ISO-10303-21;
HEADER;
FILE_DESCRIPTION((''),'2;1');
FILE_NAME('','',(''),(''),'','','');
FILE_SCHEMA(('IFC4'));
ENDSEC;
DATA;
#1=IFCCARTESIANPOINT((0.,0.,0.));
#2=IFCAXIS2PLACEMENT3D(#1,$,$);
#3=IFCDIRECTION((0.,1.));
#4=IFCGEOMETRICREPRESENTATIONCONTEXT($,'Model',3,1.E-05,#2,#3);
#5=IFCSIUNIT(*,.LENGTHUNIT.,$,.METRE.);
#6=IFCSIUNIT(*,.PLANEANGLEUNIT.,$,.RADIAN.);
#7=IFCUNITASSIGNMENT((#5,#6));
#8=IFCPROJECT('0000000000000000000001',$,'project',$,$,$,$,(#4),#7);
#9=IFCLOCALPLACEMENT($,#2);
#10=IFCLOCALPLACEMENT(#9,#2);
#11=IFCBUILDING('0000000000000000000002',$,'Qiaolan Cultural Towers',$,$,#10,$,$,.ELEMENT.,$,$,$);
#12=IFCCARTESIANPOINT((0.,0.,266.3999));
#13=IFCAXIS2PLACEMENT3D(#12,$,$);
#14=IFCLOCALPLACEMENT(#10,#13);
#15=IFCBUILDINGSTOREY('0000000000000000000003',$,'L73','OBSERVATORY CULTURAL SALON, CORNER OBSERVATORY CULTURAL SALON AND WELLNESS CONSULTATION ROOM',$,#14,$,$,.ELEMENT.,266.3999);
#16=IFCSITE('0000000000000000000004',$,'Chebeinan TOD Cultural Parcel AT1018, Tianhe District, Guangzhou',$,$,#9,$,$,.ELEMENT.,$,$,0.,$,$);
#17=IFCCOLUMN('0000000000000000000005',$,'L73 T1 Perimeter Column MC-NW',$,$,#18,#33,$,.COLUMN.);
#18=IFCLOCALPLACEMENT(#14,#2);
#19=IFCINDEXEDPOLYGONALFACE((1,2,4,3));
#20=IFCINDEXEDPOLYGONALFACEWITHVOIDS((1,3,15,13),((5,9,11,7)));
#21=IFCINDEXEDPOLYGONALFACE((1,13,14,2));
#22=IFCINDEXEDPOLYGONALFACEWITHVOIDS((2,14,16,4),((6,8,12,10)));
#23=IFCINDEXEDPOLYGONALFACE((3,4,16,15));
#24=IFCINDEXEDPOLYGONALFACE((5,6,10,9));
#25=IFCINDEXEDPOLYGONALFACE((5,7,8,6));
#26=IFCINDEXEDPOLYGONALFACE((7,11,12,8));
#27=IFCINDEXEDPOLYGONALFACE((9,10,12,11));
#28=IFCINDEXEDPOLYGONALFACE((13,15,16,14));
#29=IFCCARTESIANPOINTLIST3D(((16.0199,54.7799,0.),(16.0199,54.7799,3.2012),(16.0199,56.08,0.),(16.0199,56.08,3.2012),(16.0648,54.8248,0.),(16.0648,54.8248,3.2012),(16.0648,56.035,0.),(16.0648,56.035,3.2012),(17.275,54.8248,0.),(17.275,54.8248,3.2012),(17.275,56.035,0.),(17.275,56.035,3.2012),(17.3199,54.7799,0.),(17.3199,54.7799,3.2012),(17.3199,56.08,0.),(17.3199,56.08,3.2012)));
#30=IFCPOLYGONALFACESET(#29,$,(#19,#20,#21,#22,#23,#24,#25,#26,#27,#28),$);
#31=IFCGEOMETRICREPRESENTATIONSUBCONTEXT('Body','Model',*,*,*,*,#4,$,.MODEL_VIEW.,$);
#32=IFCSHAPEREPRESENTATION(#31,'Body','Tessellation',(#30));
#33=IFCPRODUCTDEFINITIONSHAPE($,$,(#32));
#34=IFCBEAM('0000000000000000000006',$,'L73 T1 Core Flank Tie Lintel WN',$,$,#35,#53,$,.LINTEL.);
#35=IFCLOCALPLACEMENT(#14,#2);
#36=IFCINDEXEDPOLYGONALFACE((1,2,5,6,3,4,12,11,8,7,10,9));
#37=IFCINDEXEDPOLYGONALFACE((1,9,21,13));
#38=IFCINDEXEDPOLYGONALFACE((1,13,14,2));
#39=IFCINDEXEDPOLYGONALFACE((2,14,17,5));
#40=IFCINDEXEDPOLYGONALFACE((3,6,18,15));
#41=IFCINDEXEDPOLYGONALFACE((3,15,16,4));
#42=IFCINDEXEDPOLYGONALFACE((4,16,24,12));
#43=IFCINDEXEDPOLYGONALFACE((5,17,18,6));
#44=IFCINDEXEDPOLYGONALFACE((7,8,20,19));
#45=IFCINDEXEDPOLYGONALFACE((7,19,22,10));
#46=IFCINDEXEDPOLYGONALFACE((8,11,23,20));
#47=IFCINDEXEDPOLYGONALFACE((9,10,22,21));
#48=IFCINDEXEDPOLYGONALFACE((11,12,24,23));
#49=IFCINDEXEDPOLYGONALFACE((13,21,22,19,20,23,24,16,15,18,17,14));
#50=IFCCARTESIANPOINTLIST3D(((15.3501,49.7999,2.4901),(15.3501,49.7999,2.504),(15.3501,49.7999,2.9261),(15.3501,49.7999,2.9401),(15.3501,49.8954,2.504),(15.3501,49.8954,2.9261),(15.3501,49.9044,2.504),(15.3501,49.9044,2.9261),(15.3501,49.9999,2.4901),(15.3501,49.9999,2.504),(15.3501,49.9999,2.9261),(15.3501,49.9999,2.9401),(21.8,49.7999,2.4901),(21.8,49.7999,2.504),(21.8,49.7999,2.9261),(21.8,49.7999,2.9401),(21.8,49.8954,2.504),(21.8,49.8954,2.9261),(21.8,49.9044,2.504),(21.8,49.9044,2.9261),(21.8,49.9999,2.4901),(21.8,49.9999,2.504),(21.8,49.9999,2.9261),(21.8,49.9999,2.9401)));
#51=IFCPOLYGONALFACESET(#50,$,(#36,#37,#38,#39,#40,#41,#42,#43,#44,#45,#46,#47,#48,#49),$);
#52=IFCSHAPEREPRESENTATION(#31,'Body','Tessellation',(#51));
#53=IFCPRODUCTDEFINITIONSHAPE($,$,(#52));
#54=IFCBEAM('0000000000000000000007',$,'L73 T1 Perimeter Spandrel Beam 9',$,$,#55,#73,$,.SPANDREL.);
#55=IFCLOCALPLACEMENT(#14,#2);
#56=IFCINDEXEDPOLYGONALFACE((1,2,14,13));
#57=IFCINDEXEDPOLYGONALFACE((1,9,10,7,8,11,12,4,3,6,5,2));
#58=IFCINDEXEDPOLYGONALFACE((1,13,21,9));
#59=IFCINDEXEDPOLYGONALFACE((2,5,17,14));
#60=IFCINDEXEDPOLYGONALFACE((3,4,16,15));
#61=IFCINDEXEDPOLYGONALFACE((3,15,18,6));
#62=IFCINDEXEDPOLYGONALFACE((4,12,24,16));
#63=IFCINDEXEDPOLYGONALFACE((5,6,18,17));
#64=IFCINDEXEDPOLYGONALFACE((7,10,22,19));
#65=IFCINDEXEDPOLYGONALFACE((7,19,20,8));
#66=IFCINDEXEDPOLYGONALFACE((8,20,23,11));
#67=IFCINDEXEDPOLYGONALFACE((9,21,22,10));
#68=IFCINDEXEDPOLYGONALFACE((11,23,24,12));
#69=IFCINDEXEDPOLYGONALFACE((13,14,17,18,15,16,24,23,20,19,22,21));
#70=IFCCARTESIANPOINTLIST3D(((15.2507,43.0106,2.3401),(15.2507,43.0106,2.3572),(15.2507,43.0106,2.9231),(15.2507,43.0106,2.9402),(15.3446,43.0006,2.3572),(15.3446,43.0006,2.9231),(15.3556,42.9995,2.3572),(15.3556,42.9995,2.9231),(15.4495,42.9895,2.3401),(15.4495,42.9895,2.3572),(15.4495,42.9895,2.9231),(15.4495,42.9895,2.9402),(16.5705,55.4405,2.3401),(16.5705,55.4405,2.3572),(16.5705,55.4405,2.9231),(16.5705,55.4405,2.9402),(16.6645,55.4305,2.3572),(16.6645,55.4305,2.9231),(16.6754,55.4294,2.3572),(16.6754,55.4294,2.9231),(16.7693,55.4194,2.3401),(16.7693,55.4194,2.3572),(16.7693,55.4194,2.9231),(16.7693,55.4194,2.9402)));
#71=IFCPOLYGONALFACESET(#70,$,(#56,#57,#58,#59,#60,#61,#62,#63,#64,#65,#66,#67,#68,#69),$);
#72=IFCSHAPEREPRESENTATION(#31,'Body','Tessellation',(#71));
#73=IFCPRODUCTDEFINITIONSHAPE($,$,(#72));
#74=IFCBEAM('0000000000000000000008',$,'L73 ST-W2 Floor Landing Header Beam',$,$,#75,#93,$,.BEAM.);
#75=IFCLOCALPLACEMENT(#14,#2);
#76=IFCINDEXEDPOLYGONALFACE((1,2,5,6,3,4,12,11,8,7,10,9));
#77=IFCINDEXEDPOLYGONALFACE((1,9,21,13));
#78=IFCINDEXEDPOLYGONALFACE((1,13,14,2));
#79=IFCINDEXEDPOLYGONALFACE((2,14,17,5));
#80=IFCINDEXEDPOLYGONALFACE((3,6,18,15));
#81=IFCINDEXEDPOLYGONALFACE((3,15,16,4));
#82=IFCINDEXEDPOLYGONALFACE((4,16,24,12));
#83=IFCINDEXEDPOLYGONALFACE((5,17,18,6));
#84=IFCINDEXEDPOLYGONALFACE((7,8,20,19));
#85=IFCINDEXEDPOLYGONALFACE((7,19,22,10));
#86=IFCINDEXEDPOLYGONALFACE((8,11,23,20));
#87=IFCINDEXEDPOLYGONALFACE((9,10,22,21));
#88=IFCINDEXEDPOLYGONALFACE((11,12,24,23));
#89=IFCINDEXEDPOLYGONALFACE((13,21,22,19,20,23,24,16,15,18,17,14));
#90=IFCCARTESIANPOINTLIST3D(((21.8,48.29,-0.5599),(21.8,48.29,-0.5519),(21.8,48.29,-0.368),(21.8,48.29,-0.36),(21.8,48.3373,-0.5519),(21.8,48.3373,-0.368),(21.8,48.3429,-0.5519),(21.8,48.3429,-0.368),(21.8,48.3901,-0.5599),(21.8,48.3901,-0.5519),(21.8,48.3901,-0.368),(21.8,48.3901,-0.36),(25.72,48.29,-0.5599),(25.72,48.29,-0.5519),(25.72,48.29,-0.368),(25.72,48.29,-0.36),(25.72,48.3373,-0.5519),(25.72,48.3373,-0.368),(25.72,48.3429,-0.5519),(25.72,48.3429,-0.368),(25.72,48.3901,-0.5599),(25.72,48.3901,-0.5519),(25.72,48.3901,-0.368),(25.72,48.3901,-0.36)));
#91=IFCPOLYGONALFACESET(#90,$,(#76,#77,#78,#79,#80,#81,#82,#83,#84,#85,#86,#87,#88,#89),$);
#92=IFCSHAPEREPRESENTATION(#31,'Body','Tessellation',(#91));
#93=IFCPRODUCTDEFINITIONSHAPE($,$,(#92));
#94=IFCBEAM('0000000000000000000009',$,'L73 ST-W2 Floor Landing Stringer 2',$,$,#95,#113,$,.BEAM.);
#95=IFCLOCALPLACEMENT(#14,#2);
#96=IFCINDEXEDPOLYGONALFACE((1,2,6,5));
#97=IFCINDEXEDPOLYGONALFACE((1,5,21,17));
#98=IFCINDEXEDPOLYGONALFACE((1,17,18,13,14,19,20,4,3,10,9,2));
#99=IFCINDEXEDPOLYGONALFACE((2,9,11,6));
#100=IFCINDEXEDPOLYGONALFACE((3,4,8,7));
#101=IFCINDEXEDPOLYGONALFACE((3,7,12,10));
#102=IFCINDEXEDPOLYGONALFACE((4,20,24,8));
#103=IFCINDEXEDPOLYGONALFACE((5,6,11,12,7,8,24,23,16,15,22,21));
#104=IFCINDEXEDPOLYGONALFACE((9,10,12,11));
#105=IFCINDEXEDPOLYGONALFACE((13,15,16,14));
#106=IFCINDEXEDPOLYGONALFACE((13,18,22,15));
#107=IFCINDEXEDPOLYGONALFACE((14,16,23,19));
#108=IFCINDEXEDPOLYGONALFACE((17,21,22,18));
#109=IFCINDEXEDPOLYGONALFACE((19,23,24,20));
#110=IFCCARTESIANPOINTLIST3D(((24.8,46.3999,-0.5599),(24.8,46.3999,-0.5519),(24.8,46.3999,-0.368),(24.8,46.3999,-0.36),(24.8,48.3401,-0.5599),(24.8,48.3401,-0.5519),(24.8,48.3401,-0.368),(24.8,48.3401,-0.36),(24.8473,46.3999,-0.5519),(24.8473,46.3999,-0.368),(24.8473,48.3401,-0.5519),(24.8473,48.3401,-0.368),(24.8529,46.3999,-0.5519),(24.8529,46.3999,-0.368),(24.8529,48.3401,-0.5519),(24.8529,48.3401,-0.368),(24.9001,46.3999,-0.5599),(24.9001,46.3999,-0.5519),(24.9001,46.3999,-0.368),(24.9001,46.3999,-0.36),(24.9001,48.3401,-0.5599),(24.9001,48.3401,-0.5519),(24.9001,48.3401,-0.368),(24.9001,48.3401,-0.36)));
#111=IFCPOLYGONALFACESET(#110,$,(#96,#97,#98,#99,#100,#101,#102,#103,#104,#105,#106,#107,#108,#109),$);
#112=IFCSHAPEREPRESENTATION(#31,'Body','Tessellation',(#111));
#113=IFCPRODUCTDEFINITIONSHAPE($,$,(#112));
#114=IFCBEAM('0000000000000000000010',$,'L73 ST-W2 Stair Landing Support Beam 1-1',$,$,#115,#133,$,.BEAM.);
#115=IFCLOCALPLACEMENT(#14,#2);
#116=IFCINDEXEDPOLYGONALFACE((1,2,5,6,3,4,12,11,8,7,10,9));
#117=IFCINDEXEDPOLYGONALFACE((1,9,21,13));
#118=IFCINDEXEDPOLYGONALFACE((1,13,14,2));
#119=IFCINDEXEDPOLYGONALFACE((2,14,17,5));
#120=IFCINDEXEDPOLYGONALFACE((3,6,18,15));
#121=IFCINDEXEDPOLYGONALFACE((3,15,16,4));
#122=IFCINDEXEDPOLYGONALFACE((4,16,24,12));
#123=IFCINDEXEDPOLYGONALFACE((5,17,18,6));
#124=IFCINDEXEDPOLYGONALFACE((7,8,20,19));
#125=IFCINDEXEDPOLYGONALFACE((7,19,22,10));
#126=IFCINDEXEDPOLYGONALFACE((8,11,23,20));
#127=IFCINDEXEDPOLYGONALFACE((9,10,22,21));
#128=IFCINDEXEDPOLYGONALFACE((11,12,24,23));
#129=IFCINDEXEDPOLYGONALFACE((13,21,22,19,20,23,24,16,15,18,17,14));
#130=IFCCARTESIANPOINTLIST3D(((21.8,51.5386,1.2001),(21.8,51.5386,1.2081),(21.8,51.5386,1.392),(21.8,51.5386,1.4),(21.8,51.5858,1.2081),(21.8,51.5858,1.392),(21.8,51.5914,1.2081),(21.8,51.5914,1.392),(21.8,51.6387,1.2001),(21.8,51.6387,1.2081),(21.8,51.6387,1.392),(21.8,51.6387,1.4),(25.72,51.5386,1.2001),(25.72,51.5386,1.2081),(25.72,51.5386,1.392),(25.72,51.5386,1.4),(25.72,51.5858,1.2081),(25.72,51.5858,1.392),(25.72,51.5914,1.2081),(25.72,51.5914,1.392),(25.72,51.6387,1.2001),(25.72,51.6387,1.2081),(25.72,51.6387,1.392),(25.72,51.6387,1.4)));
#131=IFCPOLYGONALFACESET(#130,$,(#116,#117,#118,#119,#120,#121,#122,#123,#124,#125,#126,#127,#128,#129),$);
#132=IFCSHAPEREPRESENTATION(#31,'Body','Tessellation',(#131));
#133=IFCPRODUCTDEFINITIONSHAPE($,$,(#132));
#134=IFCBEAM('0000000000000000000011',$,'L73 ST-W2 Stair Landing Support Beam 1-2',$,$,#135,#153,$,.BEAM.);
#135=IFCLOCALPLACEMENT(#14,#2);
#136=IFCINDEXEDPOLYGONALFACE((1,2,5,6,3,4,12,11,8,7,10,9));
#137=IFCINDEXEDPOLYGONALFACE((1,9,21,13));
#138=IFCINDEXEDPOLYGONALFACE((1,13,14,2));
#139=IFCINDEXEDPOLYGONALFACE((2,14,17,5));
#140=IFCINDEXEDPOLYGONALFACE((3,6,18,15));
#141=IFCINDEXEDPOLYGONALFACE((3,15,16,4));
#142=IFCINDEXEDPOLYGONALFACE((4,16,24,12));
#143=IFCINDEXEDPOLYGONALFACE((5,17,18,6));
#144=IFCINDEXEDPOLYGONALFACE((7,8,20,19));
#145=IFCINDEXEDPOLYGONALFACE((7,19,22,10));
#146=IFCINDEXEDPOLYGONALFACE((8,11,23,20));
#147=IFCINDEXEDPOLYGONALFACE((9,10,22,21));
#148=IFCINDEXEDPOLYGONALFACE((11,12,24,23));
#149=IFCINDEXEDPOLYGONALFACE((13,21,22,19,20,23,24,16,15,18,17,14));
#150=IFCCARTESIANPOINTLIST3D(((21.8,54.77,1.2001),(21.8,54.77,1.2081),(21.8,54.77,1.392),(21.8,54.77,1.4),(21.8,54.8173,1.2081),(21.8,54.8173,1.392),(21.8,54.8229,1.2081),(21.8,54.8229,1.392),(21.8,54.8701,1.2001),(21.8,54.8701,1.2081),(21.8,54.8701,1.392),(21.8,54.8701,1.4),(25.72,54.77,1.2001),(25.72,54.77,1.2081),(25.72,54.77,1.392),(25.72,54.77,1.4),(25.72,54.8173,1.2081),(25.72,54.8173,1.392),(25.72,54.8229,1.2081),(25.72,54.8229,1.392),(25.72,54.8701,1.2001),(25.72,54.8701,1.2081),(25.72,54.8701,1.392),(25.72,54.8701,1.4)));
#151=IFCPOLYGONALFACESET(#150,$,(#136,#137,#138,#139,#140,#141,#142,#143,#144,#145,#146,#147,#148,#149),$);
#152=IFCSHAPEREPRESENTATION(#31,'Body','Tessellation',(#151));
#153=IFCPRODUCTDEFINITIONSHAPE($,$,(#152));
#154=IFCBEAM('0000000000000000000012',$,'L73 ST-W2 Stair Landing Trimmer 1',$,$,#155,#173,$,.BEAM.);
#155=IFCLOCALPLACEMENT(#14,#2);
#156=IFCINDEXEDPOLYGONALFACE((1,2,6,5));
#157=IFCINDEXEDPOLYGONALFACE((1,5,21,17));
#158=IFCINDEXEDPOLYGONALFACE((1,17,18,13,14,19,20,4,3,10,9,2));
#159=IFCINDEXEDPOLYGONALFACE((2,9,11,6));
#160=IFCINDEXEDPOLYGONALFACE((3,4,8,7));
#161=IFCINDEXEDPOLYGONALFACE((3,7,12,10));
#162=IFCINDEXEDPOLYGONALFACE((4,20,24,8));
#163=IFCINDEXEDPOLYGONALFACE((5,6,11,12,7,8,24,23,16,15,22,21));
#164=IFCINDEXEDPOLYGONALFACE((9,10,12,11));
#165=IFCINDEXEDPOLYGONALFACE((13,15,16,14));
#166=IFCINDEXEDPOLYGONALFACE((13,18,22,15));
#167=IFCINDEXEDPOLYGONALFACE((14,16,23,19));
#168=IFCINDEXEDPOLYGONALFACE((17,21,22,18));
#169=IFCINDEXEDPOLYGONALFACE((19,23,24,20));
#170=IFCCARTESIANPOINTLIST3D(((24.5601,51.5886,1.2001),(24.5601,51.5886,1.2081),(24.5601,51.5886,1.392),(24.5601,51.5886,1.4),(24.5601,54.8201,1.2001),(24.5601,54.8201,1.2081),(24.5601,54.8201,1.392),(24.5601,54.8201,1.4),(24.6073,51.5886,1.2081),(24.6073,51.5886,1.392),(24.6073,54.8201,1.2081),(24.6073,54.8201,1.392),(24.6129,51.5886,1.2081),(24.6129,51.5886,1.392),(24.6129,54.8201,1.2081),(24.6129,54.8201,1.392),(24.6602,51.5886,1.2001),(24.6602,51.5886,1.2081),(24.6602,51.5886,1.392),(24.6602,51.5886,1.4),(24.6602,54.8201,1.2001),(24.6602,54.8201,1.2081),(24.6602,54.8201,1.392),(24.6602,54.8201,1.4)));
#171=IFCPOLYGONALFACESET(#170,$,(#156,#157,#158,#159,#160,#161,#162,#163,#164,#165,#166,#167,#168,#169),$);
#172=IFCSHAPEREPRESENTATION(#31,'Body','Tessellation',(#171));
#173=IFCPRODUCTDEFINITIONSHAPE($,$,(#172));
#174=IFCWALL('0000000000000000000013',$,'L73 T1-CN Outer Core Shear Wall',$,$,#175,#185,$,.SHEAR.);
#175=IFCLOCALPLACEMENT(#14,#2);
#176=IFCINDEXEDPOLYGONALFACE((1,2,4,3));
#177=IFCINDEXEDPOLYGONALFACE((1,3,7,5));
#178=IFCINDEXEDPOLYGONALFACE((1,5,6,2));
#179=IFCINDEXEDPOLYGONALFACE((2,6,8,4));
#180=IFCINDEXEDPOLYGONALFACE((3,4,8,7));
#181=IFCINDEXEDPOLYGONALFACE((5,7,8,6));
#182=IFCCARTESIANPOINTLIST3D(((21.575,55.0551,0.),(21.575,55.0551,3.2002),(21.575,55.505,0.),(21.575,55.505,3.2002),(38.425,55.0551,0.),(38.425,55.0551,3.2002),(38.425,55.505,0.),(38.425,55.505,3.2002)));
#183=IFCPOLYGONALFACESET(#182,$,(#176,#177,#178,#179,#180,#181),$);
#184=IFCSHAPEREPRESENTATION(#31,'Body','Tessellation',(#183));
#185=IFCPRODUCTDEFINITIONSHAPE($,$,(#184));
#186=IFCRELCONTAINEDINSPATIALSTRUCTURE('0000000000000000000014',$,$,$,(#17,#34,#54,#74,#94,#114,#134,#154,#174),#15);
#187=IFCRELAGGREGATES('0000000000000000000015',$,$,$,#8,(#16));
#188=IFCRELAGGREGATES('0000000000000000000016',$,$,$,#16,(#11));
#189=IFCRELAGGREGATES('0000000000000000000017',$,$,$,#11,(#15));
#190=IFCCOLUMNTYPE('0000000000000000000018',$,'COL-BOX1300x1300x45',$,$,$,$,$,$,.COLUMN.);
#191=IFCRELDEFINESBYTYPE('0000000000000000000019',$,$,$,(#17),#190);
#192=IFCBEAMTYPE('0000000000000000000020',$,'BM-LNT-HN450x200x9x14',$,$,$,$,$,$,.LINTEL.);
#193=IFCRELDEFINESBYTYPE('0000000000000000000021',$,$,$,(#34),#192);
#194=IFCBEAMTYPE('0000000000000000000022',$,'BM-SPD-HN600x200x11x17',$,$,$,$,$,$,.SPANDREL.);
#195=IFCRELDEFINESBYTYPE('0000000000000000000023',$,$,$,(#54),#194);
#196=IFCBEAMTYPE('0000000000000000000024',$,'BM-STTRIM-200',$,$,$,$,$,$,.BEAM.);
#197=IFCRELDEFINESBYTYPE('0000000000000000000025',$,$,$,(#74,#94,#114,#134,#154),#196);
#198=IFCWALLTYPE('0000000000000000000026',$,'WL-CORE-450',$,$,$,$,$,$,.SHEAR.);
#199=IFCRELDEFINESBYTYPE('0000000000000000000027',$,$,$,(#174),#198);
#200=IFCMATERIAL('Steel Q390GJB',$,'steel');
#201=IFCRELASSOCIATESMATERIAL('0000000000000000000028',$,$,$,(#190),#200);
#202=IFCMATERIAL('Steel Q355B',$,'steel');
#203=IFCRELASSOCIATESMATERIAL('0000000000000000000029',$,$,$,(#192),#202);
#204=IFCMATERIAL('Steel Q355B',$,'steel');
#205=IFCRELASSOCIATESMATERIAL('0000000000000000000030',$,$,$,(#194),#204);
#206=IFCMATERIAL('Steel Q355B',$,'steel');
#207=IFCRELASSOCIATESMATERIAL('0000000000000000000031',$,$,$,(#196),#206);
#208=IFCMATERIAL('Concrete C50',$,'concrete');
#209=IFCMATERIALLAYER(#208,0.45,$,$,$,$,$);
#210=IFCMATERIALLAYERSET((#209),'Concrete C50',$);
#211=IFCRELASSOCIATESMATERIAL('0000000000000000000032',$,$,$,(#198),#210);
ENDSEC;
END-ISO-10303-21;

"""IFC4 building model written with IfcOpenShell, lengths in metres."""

from ifc_helpers import new_model, si_unit, direction, frame, frame_2d, origin, origin_2d, place, context, subcontext, project, spatial, rectangle, hollow_rectangle, i_section, extrude, material, layer, layer_set, material_profile, profile_set, type_object, element, save


model = new_model("IFC4")

# Units and contexts
model_context = context("Model", 3, precision=1e-05, world=origin(), true_north=direction((0.0, 1.0)))
body_context = subcontext(model_context, "Body", "Model", "MODEL_VIEW")
ifc_project = project(units=[si_unit("LENGTHUNIT", "METRE"), si_unit("PLANEANGLEUNIT", "RADIAN")], contexts=[model_context])

# Site, building, storey
site_placement = place(None, origin())
site = spatial("IfcSite", under=ifc_project, at=site_placement, Name="Chebeinan TOD Cultural Parcel AT1018, Tianhe District, Guangzhou", CompositionType="ELEMENT", RefElevation=0.0)
building_placement = place(site_placement, origin())
building = spatial("IfcBuilding", under=site, at=building_placement, Name="Qiaolan Cultural Towers", CompositionType="ELEMENT")
storey_placement = place(building_placement, frame((0.0, 0.0, 266.3999)))
storey = spatial("IfcBuildingStorey", under=building, at=storey_placement, Name="L73", Description="OBSERVATORY CULTURAL SALON, CORNER OBSERVATORY CULTURAL SALON AND WELLNESS CONSULTATION ROOM", CompositionType="ELEMENT", Elevation=266.3999)

# Column
ifc_material_1 = material(Name="Steel Q390GJB", Category="steel")
ifc_material_profile_1 = material_profile(ifc_material_1, hollow_rectangle(XDim=1.3, YDim=1.3, WallThickness=0.0449, at=origin_2d()), Name="BOX1300x1300x45")
ifc_profile_set_1 = profile_set([ifc_material_profile_1], Name="Steel Q390GJB")
column_type = type_object("IfcColumnType", Name="COL-BOX1300x1300x45", PredefinedType="COLUMN", material=ifc_profile_set_1)
column_placement = place(storey_placement, frame((16.6699, 55.4299, 0.0), z_axis=(0.0, 0.0, 1.0), x_axis=(1.0, 0.0, 0.0)))
element("IfcColumn", 1, at=column_placement, inside=storey, type_object=column_type, Name="L73 T1 Perimeter Column MC-NW", PredefinedType="COLUMN", context=body_context, shape_type="SweptSolid", body=[
    extrude(hollow_rectangle(XDim=1.3, YDim=1.3, WallThickness=0.0449, at=origin_2d()), origin(), (0.0, 0.0, 1.0), 3.2012),
])

# Beams
ifc_material_2 = material(Name="Steel Q355B", Category="steel")
ifc_material_profile_2 = material_profile(ifc_material_2, i_section(OverallWidth=0.2, OverallDepth=0.45, WebThickness=0.009, FlangeThickness=0.0139, at=origin_2d()), Name="HN450x200x9x14")
ifc_profile_set_2 = profile_set([ifc_material_profile_2], Name="Steel Q355B")
beam_type_1 = type_object("IfcBeamType", Name="BM-LNT-HN450x200x9x14", PredefinedType="LINTEL", material=ifc_profile_set_2)
beam_1_placement = place(storey_placement, frame((21.8, 49.8999, 2.7151), z_axis=(-1.0, 0.0, 0.0), x_axis=(0.0, -1.0, 0.0)))
element("IfcBeam", 2, at=beam_1_placement, inside=storey, type_object=beam_type_1, Name="L73 T1 Core Flank Tie Lintel WN", PredefinedType="LINTEL", context=body_context, shape_type="SweptSolid", body=[
    extrude(i_section(OverallWidth=0.2, OverallDepth=0.45, WebThickness=0.009, FlangeThickness=0.0139, at=origin_2d()), origin(), (0.0, 0.0, 1.0), 6.45),
])
ifc_material_3 = material(Name="Steel Q355B", Category="steel")
ifc_material_profile_3 = material_profile(ifc_material_3, i_section(OverallWidth=0.2, OverallDepth=0.6001, WebThickness=0.011, FlangeThickness=0.0171, at=origin_2d()), Name="HN600x200x11x17")
ifc_profile_set_3 = profile_set([ifc_material_profile_3], Name="Steel Q355B")
beam_type_2 = type_object("IfcBeamType", Name="BM-SPD-HN600x200x11x17", PredefinedType="SPANDREL", material=ifc_profile_set_3)
beam_2_placement = place(storey_placement, frame((16.6699, 55.4299, 2.6401), z_axis=(-0.105588, -0.99441, 0.0), x_axis=(0.99441, -0.105588, 0.0)))
element("IfcBeam", 3, at=beam_2_placement, inside=storey, type_object=beam_type_2, Name="L73 T1 Perimeter Spandrel Beam 9", PredefinedType="SPANDREL", context=body_context, shape_type="SweptSolid", body=[
    extrude(i_section(OverallWidth=0.2, OverallDepth=0.6001, WebThickness=0.011, FlangeThickness=0.0171, at=origin_2d()), origin(), (0.0, 0.0, 1.0), 12.4998),
])
ifc_material_4 = material(Name="Steel Q355B", Category="steel")
ifc_material_profile_4 = material_profile(ifc_material_4, i_section(OverallWidth=0.1001, OverallDepth=0.2, WebThickness=0.0056, FlangeThickness=0.0081, at=origin_2d()), Name="HN200x100x5.5x8")
ifc_profile_set_4 = profile_set([ifc_material_profile_4], Name="Steel Q355B")
beam_type_3 = type_object("IfcBeamType", Name="BM-STTRIM-200", PredefinedType="BEAM", material=ifc_profile_set_4)
beam_3_placement = place(storey_placement, frame((21.8, 48.3401, -0.46), z_axis=(1.0, 0.0, 0.0), x_axis=(0.0, 1.0, 0.0)))
element("IfcBeam", 4, at=beam_3_placement, inside=storey, type_object=beam_type_3, Name="L73 ST-W2 Floor Landing Header Beam", PredefinedType="BEAM", context=body_context, shape_type="SweptSolid", body=[
    extrude(i_section(OverallWidth=0.1001, OverallDepth=0.2, WebThickness=0.0056, FlangeThickness=0.0081, at=origin_2d()), origin(), (0.0, 0.0, 1.0), 3.9199),
])
beam_4_placement = place(storey_placement, frame((24.8501, 46.3999, -0.46), z_axis=(0.0, 1.0, 0.0), x_axis=(-1.0, 0.0, 0.0)))
element("IfcBeam", 5, at=beam_4_placement, inside=storey, type_object=beam_type_3, Name="L73 ST-W2 Floor Landing Stringer 2", PredefinedType="BEAM", context=body_context, shape_type="SweptSolid", body=[
    extrude(i_section(OverallWidth=0.1001, OverallDepth=0.2, WebThickness=0.0056, FlangeThickness=0.0081, at=origin_2d()), origin(), (0.0, 0.0, 1.0), 1.9402),
])
for number, where, z_axis, x_axis, name in (
    (6, (21.8, 51.5886, 1.3), (1.0, 0.0, 0.0), (0.0, 1.0, 0.0), "L73 ST-W2 Stair Landing Support Beam 1-1"),
    (7, (21.8, 54.8201, 1.3), (1.0, 0.0, 0.0), (0.0, 1.0, 0.0), "L73 ST-W2 Stair Landing Support Beam 1-2"),
):
    element("IfcBeam", number, at=place(storey_placement, frame(where, z_axis=z_axis, x_axis=x_axis)), inside=storey, type_object=beam_type_3, Name=name, PredefinedType="BEAM", context=body_context, shape_type="SweptSolid", body=[
        extrude(i_section(OverallWidth=0.1001, OverallDepth=0.2, WebThickness=0.0056, FlangeThickness=0.0081, at=origin_2d()), origin(), (0.0, 0.0, 1.0), 3.9199),
    ])
beam_5_placement = place(storey_placement, frame((24.6101, 51.5886, 1.3), z_axis=(0.0, 1.0, 0.0), x_axis=(-1.0, 0.0, 0.0)))
element("IfcBeam", 8, at=beam_5_placement, inside=storey, type_object=beam_type_3, Name="L73 ST-W2 Stair Landing Trimmer 1", PredefinedType="BEAM", context=body_context, shape_type="SweptSolid", body=[
    extrude(i_section(OverallWidth=0.1001, OverallDepth=0.2, WebThickness=0.0056, FlangeThickness=0.0081, at=origin_2d()), origin(), (0.0, 0.0, 1.0), 3.2314),
])

# Wall
ifc_material_5 = material(Name="Concrete C50", Category="concrete")
ifc_layer_1 = layer(ifc_material_5, 0.45)
ifc_layer_set_1 = layer_set([ifc_layer_1], Name="Concrete C50")
wall_type_1 = type_object("IfcWallType", Name="WL-CORE-450", PredefinedType="SHEAR", material=ifc_layer_set_1)
wall_1_placement = place(storey_placement, frame((21.575, 55.28, 0.0), z_axis=(0.0, 0.0, 1.0), x_axis=(1.0, 0.0, 0.0)))
element("IfcWall", 9, at=wall_1_placement, inside=storey, type_object=wall_type_1, Name="L73 T1-CN Outer Core Shear Wall", PredefinedType="SHEAR", context=body_context, shape_type="SweptSolid", body=[
    extrude(rectangle(XDim=16.8501, YDim=0.45, at=frame_2d((8.425, 0.0))), origin(), (0.0, 0.0, 1.0), 3.2002),
])

save(model, "model.ifc")
